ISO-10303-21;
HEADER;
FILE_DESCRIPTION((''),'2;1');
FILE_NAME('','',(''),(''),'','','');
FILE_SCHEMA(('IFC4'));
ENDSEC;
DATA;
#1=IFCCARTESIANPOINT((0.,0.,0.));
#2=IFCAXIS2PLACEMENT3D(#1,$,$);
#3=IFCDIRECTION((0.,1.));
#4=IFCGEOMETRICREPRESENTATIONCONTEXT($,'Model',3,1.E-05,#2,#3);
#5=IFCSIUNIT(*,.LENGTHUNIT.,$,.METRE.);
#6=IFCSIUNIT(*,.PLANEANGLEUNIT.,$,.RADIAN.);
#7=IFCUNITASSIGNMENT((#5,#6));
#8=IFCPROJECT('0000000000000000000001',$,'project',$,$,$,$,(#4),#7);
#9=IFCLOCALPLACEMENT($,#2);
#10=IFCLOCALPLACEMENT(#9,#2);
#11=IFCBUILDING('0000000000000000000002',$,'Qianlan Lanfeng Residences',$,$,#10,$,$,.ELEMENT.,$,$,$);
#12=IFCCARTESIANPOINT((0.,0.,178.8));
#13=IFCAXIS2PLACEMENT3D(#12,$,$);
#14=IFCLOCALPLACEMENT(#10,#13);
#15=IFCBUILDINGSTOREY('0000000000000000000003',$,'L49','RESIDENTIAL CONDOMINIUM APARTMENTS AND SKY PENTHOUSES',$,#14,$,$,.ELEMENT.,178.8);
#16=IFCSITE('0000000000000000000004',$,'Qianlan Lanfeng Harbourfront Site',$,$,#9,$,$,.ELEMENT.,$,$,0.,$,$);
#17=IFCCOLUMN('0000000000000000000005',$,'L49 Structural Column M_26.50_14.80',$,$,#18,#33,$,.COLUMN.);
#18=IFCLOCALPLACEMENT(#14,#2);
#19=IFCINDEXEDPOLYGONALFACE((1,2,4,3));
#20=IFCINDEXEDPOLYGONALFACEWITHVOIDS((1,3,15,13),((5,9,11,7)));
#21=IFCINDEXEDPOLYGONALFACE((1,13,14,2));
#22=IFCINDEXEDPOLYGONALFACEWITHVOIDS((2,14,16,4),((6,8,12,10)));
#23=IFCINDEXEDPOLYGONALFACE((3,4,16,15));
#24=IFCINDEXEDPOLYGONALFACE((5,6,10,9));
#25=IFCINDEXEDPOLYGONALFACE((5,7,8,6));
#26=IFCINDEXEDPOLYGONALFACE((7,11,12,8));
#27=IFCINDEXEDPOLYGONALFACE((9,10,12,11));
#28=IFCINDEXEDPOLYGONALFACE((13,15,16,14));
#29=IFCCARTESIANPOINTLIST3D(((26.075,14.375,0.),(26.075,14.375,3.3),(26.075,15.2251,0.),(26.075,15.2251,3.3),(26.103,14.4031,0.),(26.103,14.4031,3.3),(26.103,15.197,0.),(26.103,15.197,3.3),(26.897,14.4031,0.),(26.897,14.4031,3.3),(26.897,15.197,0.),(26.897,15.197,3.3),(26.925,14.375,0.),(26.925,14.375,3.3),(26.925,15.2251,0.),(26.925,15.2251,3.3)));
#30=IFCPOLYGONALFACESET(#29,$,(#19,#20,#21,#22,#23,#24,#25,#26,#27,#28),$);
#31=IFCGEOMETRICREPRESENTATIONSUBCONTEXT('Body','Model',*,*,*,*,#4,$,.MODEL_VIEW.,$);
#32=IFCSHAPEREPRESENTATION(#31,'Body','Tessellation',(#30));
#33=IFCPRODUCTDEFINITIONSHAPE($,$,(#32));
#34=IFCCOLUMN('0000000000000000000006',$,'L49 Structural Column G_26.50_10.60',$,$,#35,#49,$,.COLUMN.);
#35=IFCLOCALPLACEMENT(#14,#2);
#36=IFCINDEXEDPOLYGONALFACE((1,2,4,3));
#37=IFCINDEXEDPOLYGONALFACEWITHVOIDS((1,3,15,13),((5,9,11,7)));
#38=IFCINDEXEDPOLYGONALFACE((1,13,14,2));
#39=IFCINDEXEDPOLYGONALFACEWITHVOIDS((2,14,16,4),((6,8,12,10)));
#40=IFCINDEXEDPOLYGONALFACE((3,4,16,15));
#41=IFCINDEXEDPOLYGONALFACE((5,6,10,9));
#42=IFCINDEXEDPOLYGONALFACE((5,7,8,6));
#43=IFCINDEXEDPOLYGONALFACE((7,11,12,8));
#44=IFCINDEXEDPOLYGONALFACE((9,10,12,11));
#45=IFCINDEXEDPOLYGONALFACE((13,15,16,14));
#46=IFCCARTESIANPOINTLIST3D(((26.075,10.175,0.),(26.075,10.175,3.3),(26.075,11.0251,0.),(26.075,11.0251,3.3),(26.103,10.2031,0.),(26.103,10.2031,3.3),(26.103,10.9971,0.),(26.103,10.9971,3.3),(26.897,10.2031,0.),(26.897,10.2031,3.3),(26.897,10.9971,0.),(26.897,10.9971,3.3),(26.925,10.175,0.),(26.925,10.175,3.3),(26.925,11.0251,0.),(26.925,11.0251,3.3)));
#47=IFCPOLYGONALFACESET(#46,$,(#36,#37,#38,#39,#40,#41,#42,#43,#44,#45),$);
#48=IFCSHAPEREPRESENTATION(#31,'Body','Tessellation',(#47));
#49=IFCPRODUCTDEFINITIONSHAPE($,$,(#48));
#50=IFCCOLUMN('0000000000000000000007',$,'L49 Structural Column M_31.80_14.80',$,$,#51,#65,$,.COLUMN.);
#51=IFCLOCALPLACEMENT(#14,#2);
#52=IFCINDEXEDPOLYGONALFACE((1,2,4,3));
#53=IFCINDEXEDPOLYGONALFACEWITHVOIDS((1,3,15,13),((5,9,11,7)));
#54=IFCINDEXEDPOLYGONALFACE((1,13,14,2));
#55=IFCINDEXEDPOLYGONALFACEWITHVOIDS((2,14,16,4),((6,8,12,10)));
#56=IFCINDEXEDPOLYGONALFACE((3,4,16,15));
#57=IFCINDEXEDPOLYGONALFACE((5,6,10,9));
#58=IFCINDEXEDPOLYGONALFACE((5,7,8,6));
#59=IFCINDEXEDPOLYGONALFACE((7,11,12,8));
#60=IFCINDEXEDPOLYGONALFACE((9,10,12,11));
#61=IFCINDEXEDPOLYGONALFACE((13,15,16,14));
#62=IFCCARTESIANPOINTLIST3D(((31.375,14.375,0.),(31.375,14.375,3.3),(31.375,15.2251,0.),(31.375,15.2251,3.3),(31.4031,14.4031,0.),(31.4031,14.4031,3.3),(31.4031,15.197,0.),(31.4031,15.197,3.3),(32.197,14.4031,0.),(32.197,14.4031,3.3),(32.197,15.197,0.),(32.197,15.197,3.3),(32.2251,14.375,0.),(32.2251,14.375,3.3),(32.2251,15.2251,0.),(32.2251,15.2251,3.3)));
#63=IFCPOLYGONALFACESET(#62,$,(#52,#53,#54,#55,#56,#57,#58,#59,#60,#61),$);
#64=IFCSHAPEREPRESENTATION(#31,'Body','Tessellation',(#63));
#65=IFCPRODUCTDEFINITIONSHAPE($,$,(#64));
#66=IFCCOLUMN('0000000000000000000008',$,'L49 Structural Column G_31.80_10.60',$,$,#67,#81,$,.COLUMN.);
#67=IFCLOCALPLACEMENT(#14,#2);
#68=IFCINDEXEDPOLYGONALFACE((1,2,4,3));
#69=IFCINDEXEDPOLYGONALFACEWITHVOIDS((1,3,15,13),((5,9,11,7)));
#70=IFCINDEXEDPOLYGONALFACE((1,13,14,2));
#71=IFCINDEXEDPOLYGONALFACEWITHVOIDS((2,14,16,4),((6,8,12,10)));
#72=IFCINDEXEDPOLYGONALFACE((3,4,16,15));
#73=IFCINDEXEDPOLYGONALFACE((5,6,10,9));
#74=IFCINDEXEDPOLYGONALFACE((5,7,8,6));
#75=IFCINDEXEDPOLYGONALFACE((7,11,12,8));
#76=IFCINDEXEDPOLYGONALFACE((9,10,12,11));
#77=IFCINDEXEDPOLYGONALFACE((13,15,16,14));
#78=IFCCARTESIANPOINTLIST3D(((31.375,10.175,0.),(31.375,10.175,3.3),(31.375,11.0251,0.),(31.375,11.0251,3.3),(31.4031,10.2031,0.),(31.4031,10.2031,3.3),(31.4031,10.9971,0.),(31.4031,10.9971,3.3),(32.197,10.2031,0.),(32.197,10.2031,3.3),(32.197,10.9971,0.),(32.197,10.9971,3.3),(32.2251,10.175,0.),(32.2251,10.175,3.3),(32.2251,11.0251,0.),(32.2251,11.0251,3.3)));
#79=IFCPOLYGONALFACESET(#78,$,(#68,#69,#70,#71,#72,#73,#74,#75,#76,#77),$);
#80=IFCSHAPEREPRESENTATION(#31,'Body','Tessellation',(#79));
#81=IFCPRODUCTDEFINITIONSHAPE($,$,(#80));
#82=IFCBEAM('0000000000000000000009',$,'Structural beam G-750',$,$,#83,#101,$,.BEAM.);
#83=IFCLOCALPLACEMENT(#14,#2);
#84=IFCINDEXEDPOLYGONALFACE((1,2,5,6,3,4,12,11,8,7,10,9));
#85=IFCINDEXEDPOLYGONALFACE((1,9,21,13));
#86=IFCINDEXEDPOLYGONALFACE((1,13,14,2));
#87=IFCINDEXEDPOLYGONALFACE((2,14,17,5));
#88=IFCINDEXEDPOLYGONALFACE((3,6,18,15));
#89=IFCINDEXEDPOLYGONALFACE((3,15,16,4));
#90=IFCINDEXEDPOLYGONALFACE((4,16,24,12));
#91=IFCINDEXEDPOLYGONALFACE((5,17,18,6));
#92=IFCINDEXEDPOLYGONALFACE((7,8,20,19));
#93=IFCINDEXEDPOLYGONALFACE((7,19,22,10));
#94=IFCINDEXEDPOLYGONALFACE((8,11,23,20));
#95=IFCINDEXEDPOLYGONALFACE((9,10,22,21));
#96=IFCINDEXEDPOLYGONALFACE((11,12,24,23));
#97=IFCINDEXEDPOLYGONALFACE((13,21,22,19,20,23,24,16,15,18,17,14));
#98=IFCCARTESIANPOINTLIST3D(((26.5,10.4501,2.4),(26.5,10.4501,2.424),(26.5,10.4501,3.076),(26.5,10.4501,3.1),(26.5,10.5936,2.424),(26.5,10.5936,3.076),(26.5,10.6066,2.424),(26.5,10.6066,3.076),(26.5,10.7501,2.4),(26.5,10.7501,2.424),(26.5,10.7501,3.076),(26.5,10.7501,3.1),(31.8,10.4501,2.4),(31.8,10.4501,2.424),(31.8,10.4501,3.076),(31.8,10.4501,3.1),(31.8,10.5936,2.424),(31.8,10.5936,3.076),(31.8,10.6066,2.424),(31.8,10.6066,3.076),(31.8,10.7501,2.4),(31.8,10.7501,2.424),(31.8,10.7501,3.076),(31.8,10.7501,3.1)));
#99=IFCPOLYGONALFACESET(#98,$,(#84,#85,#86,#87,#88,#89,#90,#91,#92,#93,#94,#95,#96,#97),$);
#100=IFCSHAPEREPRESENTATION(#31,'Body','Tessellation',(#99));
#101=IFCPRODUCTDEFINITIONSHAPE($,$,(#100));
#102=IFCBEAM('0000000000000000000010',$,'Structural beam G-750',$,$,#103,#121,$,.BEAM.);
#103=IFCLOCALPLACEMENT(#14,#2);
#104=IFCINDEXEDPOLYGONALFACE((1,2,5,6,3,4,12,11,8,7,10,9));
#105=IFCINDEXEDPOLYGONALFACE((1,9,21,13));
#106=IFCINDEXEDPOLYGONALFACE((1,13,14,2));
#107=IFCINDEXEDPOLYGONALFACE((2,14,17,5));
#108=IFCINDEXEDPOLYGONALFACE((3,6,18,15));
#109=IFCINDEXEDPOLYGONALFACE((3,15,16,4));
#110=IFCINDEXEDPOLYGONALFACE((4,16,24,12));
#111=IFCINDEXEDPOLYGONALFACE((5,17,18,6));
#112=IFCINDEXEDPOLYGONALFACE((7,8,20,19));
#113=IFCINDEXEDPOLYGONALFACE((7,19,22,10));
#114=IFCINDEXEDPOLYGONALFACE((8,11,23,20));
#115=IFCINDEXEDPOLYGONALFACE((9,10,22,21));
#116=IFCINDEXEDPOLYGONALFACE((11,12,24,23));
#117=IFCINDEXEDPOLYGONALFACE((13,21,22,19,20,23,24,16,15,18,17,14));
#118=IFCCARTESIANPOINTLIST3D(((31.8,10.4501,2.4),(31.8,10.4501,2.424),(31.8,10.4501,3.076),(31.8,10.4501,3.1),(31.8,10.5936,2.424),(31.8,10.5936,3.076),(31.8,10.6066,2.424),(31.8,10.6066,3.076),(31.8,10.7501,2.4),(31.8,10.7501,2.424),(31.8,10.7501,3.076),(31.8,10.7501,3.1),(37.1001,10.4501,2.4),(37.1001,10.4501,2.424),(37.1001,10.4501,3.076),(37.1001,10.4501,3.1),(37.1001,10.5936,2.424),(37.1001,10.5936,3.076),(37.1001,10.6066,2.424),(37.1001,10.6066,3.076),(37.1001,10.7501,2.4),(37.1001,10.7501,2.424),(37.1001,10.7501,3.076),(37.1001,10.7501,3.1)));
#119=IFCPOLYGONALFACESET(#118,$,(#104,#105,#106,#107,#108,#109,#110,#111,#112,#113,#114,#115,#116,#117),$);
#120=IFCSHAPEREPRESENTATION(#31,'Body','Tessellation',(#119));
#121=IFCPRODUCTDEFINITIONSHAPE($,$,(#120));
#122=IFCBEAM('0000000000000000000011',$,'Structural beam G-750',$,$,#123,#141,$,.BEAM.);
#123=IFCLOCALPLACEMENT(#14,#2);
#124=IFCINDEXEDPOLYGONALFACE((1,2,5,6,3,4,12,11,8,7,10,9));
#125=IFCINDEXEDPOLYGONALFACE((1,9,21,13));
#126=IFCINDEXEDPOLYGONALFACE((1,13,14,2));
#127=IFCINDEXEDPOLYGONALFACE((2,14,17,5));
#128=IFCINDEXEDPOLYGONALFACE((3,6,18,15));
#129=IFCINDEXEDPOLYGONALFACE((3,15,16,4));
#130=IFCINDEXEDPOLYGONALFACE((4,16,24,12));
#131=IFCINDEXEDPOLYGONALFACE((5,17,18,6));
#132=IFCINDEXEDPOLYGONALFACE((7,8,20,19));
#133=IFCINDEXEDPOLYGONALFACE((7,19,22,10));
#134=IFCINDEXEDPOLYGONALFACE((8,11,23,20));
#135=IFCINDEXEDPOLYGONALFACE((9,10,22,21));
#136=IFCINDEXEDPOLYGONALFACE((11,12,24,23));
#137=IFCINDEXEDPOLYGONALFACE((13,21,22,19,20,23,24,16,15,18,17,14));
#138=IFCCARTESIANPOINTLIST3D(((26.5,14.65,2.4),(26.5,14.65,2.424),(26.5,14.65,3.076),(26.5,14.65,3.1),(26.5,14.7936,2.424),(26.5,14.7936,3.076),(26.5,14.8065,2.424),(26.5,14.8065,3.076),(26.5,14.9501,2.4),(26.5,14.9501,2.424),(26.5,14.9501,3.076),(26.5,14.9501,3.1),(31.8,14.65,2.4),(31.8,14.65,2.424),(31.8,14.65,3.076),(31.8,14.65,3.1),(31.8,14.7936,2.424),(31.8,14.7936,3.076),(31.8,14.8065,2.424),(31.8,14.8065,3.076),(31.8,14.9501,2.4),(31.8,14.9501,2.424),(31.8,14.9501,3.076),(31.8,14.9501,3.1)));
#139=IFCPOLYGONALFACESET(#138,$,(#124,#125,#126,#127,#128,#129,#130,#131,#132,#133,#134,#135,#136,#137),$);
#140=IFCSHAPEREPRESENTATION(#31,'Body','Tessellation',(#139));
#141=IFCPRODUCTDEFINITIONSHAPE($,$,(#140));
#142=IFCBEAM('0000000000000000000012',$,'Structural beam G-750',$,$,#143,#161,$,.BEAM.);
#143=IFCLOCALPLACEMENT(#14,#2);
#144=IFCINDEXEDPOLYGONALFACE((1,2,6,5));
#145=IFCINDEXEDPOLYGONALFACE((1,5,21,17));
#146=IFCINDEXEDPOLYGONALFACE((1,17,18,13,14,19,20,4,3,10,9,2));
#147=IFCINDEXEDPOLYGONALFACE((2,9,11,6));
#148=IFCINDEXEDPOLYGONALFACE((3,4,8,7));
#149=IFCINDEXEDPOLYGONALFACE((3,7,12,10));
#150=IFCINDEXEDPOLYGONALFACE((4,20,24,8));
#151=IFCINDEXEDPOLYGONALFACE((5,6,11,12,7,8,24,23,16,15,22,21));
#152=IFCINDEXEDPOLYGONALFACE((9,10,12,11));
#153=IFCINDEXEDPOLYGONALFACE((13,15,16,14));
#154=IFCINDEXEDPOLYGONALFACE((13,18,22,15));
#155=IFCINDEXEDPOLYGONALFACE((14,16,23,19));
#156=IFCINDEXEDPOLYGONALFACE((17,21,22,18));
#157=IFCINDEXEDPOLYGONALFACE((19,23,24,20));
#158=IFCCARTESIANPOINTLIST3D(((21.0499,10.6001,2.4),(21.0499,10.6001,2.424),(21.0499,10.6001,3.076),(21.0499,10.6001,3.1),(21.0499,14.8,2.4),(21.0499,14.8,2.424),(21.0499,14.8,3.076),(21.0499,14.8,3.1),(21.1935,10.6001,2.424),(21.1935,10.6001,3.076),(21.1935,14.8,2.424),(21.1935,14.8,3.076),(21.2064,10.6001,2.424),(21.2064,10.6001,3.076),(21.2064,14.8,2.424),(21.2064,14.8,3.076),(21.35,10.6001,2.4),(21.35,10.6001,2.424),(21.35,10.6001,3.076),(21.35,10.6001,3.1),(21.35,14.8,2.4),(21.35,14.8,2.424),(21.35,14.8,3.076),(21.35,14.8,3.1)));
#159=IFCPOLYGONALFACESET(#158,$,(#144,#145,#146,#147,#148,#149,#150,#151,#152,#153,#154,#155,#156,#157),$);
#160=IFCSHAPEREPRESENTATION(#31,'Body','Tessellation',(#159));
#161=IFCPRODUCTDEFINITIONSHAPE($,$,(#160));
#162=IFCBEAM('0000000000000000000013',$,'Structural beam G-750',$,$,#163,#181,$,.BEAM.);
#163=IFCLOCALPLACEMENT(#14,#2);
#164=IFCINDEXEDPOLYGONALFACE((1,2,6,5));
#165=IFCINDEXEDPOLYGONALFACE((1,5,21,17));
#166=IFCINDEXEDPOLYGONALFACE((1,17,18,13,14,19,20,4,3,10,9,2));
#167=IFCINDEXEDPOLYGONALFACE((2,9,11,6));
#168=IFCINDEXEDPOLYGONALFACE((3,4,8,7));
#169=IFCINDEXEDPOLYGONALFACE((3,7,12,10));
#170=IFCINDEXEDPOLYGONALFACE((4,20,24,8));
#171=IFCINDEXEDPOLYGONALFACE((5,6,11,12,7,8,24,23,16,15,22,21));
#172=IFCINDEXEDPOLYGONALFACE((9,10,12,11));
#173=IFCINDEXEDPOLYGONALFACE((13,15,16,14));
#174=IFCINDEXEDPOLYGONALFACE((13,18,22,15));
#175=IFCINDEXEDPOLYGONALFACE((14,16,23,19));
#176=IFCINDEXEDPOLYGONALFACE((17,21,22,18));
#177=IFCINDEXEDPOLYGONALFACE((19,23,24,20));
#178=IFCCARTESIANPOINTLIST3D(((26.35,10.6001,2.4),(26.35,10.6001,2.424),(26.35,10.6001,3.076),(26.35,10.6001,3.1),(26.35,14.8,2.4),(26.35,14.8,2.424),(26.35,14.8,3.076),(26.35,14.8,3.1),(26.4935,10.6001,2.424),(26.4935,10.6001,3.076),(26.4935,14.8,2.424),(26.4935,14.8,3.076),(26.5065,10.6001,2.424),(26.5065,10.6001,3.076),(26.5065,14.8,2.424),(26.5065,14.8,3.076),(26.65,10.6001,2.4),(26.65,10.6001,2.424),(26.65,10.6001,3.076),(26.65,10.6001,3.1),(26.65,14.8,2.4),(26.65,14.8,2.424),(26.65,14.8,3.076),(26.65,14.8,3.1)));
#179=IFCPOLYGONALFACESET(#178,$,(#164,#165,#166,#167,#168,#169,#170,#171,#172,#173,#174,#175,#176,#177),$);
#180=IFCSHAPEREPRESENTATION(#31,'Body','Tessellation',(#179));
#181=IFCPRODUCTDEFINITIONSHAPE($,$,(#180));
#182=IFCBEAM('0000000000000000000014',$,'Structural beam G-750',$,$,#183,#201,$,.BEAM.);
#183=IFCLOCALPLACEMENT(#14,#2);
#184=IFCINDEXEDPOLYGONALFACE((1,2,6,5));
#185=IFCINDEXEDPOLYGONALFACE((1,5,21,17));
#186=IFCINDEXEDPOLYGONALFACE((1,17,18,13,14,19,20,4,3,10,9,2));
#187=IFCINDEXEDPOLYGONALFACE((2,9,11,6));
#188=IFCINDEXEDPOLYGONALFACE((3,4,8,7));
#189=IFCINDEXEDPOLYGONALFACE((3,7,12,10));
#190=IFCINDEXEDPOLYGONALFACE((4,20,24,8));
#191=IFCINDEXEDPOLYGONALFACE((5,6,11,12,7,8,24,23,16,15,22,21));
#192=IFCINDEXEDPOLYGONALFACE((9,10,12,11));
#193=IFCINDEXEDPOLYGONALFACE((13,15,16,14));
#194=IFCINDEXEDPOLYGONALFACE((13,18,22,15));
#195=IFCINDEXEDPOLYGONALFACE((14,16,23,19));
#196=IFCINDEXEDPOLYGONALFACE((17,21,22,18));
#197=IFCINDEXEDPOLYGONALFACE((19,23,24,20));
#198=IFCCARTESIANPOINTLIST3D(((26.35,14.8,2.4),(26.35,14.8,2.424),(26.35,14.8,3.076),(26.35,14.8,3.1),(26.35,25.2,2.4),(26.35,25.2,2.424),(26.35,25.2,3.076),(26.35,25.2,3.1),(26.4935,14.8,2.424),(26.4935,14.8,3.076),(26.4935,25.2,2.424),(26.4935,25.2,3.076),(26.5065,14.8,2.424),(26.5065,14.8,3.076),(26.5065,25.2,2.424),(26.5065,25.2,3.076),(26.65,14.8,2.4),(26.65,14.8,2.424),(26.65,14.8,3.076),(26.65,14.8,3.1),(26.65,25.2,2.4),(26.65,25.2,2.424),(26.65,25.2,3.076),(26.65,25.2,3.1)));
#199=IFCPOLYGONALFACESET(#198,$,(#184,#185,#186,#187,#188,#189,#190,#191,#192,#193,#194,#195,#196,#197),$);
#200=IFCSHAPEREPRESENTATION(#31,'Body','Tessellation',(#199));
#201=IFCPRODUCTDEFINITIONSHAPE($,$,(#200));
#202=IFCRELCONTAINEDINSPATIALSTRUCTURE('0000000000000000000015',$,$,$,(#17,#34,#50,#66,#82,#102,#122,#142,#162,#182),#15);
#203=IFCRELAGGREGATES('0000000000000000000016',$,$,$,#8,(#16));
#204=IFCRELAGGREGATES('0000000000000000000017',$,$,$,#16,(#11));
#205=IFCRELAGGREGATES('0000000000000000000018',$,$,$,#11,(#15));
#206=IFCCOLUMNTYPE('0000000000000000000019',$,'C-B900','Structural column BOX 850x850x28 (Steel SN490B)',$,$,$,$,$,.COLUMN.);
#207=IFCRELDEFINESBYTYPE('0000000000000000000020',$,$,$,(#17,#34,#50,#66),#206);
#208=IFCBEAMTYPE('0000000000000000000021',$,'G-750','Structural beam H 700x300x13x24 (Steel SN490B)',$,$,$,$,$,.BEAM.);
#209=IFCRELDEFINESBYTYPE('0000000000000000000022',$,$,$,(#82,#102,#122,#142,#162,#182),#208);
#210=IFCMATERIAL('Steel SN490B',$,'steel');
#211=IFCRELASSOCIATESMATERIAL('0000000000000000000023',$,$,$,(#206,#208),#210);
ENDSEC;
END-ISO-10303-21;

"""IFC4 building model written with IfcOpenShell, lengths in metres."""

from ifc_helpers import new_model, si_unit, direction, frame, origin, origin_2d, place, context, subcontext, project, spatial, hollow_rectangle, i_section, extrude, material, material_profile, profile_set, type_object, element, save


model = new_model("IFC4")

# Units and contexts
model_context = context("Model", 3, precision=1e-05, world=origin(), true_north=direction((0.0, 1.0)))
body_context = subcontext(model_context, "Body", "Model", "MODEL_VIEW")
ifc_project = project(units=[si_unit("LENGTHUNIT", "METRE"), si_unit("PLANEANGLEUNIT", "RADIAN")], contexts=[model_context])

# Site, building, storey
site_placement = place(None, origin())
site = spatial("IfcSite", under=ifc_project, at=site_placement, Name="Qianlan Lanfeng Harbourfront Site", CompositionType="ELEMENT", RefElevation=0.0)
building_placement = place(site_placement, origin())
building = spatial("IfcBuilding", under=site, at=building_placement, Name="Qianlan Lanfeng Residences", CompositionType="ELEMENT")
storey_placement = place(building_placement, frame((0.0, 0.0, 178.8)))
storey = spatial("IfcBuildingStorey", under=building, at=storey_placement, Name="L49", Description="RESIDENTIAL CONDOMINIUM APARTMENTS AND SKY PENTHOUSES", CompositionType="ELEMENT", Elevation=178.8)

# Columns
ifc_material_1 = material(Name="Steel SN490B", Category="steel")
ifc_material_profile_1 = material_profile(ifc_material_1, hollow_rectangle(XDim=0.8501, YDim=0.8501, WallThickness=0.0281, at=origin_2d()), Name="BOX 850x850x28")
ifc_profile_set_1 = profile_set([ifc_material_profile_1], Name="Steel SN490B")
column_type = type_object("IfcColumnType", Name="C-B900", Description="Structural column BOX 850x850x28 (Steel SN490B)", PredefinedType="COLUMN", material=ifc_profile_set_1)
for number, where, z_axis, x_axis, name in (
    (1, (26.5, 14.8, 0.0), (0.0, 0.0, 1.0), (1.0, 0.0, 0.0), "L49 Structural Column M_26.50_14.80"),
    (2, (26.5, 10.6001, 0.0), (0.0, 0.0, 1.0), (1.0, 0.0, 0.0), "L49 Structural Column G_26.50_10.60"),
    (3, (31.8, 14.8, 0.0), (0.0, 0.0, 1.0), (1.0, 0.0, 0.0), "L49 Structural Column M_31.80_14.80"),
    (4, (31.8, 10.6001, 0.0), (0.0, 0.0, 1.0), (1.0, 0.0, 0.0), "L49 Structural Column G_31.80_10.60"),
):
    element("IfcColumn", number, at=place(storey_placement, frame(where, z_axis=z_axis, x_axis=x_axis)), inside=storey, type_object=column_type, Name=name, PredefinedType="COLUMN", context=body_context, shape_type="SweptSolid", body=[
        extrude(hollow_rectangle(XDim=0.8501, YDim=0.8501, WallThickness=0.0281, at=origin_2d()), origin(), (0.0, 0.0, 1.0), 3.3),
    ])

# Beams
ifc_material_profile_2 = material_profile(ifc_material_1, i_section(OverallWidth=0.3, OverallDepth=0.7, WebThickness=0.0129, FlangeThickness=0.0239, at=origin_2d()), Name="H 700x300x13x24")
ifc_profile_set_2 = profile_set([ifc_material_profile_2], Name="Steel SN490B")
beam_type_1 = type_object("IfcBeamType", Name="G-750", Description="Structural beam H 700x300x13x24 (Steel SN490B)", PredefinedType="BEAM", material=ifc_profile_set_2)
for number, where, z_axis, x_axis, name in (
    (5, (26.5, 10.6001, 2.75), (1.0, 0.0, 0.0), (0.0, 1.0, 0.0), "Structural beam G-750"),
    (6, (31.8, 10.6001, 2.75), (1.0, 0.0, 0.0), (0.0, 1.0, 0.0), "Structural beam G-750"),
    (7, (26.5, 14.8, 2.75), (1.0, 0.0, 0.0), (0.0, 1.0, 0.0), "Structural beam G-750"),
):
    element("IfcBeam", number, at=place(storey_placement, frame(where, z_axis=z_axis, x_axis=x_axis)), inside=storey, type_object=beam_type_1, Name=name, PredefinedType="BEAM", context=body_context, shape_type="SweptSolid", body=[
        extrude(i_section(OverallWidth=0.3, OverallDepth=0.7, WebThickness=0.0129, FlangeThickness=0.0239, at=origin_2d()), origin(), (0.0, 0.0, 1.0), 5.3),
    ])
for number, where, z_axis, x_axis, name in (
    (8, (21.2, 10.6001, 2.75), (0.0, 1.0, 0.0), (-1.0, 0.0, 0.0), "Structural beam G-750"),
    (9, (26.5, 10.6001, 2.75), (0.0, 1.0, 0.0), (-1.0, 0.0, 0.0), "Structural beam G-750"),
):
    element("IfcBeam", number, at=place(storey_placement, frame(where, z_axis=z_axis, x_axis=x_axis)), inside=storey, type_object=beam_type_1, Name=name, PredefinedType="BEAM", context=body_context, shape_type="SweptSolid", body=[
        extrude(i_section(OverallWidth=0.3, OverallDepth=0.7, WebThickness=0.0129, FlangeThickness=0.0239, at=origin_2d()), origin(), (0.0, 0.0, 1.0), 4.2),
    ])
beam_1_placement = place(storey_placement, frame((26.5, 14.8, 2.75), z_axis=(0.0, 1.0, 0.0), x_axis=(-1.0, 0.0, 0.0)))
element("IfcBeam", 10, at=beam_1_placement, inside=storey, type_object=beam_type_1, Name="Structural beam G-750", PredefinedType="BEAM", context=body_context, shape_type="SweptSolid", body=[
    extrude(i_section(OverallWidth=0.3, OverallDepth=0.7, WebThickness=0.0129, FlangeThickness=0.0239, at=origin_2d()), origin(), (0.0, 0.0, 1.0), 10.3999),
])

save(model, "model.ifc")
